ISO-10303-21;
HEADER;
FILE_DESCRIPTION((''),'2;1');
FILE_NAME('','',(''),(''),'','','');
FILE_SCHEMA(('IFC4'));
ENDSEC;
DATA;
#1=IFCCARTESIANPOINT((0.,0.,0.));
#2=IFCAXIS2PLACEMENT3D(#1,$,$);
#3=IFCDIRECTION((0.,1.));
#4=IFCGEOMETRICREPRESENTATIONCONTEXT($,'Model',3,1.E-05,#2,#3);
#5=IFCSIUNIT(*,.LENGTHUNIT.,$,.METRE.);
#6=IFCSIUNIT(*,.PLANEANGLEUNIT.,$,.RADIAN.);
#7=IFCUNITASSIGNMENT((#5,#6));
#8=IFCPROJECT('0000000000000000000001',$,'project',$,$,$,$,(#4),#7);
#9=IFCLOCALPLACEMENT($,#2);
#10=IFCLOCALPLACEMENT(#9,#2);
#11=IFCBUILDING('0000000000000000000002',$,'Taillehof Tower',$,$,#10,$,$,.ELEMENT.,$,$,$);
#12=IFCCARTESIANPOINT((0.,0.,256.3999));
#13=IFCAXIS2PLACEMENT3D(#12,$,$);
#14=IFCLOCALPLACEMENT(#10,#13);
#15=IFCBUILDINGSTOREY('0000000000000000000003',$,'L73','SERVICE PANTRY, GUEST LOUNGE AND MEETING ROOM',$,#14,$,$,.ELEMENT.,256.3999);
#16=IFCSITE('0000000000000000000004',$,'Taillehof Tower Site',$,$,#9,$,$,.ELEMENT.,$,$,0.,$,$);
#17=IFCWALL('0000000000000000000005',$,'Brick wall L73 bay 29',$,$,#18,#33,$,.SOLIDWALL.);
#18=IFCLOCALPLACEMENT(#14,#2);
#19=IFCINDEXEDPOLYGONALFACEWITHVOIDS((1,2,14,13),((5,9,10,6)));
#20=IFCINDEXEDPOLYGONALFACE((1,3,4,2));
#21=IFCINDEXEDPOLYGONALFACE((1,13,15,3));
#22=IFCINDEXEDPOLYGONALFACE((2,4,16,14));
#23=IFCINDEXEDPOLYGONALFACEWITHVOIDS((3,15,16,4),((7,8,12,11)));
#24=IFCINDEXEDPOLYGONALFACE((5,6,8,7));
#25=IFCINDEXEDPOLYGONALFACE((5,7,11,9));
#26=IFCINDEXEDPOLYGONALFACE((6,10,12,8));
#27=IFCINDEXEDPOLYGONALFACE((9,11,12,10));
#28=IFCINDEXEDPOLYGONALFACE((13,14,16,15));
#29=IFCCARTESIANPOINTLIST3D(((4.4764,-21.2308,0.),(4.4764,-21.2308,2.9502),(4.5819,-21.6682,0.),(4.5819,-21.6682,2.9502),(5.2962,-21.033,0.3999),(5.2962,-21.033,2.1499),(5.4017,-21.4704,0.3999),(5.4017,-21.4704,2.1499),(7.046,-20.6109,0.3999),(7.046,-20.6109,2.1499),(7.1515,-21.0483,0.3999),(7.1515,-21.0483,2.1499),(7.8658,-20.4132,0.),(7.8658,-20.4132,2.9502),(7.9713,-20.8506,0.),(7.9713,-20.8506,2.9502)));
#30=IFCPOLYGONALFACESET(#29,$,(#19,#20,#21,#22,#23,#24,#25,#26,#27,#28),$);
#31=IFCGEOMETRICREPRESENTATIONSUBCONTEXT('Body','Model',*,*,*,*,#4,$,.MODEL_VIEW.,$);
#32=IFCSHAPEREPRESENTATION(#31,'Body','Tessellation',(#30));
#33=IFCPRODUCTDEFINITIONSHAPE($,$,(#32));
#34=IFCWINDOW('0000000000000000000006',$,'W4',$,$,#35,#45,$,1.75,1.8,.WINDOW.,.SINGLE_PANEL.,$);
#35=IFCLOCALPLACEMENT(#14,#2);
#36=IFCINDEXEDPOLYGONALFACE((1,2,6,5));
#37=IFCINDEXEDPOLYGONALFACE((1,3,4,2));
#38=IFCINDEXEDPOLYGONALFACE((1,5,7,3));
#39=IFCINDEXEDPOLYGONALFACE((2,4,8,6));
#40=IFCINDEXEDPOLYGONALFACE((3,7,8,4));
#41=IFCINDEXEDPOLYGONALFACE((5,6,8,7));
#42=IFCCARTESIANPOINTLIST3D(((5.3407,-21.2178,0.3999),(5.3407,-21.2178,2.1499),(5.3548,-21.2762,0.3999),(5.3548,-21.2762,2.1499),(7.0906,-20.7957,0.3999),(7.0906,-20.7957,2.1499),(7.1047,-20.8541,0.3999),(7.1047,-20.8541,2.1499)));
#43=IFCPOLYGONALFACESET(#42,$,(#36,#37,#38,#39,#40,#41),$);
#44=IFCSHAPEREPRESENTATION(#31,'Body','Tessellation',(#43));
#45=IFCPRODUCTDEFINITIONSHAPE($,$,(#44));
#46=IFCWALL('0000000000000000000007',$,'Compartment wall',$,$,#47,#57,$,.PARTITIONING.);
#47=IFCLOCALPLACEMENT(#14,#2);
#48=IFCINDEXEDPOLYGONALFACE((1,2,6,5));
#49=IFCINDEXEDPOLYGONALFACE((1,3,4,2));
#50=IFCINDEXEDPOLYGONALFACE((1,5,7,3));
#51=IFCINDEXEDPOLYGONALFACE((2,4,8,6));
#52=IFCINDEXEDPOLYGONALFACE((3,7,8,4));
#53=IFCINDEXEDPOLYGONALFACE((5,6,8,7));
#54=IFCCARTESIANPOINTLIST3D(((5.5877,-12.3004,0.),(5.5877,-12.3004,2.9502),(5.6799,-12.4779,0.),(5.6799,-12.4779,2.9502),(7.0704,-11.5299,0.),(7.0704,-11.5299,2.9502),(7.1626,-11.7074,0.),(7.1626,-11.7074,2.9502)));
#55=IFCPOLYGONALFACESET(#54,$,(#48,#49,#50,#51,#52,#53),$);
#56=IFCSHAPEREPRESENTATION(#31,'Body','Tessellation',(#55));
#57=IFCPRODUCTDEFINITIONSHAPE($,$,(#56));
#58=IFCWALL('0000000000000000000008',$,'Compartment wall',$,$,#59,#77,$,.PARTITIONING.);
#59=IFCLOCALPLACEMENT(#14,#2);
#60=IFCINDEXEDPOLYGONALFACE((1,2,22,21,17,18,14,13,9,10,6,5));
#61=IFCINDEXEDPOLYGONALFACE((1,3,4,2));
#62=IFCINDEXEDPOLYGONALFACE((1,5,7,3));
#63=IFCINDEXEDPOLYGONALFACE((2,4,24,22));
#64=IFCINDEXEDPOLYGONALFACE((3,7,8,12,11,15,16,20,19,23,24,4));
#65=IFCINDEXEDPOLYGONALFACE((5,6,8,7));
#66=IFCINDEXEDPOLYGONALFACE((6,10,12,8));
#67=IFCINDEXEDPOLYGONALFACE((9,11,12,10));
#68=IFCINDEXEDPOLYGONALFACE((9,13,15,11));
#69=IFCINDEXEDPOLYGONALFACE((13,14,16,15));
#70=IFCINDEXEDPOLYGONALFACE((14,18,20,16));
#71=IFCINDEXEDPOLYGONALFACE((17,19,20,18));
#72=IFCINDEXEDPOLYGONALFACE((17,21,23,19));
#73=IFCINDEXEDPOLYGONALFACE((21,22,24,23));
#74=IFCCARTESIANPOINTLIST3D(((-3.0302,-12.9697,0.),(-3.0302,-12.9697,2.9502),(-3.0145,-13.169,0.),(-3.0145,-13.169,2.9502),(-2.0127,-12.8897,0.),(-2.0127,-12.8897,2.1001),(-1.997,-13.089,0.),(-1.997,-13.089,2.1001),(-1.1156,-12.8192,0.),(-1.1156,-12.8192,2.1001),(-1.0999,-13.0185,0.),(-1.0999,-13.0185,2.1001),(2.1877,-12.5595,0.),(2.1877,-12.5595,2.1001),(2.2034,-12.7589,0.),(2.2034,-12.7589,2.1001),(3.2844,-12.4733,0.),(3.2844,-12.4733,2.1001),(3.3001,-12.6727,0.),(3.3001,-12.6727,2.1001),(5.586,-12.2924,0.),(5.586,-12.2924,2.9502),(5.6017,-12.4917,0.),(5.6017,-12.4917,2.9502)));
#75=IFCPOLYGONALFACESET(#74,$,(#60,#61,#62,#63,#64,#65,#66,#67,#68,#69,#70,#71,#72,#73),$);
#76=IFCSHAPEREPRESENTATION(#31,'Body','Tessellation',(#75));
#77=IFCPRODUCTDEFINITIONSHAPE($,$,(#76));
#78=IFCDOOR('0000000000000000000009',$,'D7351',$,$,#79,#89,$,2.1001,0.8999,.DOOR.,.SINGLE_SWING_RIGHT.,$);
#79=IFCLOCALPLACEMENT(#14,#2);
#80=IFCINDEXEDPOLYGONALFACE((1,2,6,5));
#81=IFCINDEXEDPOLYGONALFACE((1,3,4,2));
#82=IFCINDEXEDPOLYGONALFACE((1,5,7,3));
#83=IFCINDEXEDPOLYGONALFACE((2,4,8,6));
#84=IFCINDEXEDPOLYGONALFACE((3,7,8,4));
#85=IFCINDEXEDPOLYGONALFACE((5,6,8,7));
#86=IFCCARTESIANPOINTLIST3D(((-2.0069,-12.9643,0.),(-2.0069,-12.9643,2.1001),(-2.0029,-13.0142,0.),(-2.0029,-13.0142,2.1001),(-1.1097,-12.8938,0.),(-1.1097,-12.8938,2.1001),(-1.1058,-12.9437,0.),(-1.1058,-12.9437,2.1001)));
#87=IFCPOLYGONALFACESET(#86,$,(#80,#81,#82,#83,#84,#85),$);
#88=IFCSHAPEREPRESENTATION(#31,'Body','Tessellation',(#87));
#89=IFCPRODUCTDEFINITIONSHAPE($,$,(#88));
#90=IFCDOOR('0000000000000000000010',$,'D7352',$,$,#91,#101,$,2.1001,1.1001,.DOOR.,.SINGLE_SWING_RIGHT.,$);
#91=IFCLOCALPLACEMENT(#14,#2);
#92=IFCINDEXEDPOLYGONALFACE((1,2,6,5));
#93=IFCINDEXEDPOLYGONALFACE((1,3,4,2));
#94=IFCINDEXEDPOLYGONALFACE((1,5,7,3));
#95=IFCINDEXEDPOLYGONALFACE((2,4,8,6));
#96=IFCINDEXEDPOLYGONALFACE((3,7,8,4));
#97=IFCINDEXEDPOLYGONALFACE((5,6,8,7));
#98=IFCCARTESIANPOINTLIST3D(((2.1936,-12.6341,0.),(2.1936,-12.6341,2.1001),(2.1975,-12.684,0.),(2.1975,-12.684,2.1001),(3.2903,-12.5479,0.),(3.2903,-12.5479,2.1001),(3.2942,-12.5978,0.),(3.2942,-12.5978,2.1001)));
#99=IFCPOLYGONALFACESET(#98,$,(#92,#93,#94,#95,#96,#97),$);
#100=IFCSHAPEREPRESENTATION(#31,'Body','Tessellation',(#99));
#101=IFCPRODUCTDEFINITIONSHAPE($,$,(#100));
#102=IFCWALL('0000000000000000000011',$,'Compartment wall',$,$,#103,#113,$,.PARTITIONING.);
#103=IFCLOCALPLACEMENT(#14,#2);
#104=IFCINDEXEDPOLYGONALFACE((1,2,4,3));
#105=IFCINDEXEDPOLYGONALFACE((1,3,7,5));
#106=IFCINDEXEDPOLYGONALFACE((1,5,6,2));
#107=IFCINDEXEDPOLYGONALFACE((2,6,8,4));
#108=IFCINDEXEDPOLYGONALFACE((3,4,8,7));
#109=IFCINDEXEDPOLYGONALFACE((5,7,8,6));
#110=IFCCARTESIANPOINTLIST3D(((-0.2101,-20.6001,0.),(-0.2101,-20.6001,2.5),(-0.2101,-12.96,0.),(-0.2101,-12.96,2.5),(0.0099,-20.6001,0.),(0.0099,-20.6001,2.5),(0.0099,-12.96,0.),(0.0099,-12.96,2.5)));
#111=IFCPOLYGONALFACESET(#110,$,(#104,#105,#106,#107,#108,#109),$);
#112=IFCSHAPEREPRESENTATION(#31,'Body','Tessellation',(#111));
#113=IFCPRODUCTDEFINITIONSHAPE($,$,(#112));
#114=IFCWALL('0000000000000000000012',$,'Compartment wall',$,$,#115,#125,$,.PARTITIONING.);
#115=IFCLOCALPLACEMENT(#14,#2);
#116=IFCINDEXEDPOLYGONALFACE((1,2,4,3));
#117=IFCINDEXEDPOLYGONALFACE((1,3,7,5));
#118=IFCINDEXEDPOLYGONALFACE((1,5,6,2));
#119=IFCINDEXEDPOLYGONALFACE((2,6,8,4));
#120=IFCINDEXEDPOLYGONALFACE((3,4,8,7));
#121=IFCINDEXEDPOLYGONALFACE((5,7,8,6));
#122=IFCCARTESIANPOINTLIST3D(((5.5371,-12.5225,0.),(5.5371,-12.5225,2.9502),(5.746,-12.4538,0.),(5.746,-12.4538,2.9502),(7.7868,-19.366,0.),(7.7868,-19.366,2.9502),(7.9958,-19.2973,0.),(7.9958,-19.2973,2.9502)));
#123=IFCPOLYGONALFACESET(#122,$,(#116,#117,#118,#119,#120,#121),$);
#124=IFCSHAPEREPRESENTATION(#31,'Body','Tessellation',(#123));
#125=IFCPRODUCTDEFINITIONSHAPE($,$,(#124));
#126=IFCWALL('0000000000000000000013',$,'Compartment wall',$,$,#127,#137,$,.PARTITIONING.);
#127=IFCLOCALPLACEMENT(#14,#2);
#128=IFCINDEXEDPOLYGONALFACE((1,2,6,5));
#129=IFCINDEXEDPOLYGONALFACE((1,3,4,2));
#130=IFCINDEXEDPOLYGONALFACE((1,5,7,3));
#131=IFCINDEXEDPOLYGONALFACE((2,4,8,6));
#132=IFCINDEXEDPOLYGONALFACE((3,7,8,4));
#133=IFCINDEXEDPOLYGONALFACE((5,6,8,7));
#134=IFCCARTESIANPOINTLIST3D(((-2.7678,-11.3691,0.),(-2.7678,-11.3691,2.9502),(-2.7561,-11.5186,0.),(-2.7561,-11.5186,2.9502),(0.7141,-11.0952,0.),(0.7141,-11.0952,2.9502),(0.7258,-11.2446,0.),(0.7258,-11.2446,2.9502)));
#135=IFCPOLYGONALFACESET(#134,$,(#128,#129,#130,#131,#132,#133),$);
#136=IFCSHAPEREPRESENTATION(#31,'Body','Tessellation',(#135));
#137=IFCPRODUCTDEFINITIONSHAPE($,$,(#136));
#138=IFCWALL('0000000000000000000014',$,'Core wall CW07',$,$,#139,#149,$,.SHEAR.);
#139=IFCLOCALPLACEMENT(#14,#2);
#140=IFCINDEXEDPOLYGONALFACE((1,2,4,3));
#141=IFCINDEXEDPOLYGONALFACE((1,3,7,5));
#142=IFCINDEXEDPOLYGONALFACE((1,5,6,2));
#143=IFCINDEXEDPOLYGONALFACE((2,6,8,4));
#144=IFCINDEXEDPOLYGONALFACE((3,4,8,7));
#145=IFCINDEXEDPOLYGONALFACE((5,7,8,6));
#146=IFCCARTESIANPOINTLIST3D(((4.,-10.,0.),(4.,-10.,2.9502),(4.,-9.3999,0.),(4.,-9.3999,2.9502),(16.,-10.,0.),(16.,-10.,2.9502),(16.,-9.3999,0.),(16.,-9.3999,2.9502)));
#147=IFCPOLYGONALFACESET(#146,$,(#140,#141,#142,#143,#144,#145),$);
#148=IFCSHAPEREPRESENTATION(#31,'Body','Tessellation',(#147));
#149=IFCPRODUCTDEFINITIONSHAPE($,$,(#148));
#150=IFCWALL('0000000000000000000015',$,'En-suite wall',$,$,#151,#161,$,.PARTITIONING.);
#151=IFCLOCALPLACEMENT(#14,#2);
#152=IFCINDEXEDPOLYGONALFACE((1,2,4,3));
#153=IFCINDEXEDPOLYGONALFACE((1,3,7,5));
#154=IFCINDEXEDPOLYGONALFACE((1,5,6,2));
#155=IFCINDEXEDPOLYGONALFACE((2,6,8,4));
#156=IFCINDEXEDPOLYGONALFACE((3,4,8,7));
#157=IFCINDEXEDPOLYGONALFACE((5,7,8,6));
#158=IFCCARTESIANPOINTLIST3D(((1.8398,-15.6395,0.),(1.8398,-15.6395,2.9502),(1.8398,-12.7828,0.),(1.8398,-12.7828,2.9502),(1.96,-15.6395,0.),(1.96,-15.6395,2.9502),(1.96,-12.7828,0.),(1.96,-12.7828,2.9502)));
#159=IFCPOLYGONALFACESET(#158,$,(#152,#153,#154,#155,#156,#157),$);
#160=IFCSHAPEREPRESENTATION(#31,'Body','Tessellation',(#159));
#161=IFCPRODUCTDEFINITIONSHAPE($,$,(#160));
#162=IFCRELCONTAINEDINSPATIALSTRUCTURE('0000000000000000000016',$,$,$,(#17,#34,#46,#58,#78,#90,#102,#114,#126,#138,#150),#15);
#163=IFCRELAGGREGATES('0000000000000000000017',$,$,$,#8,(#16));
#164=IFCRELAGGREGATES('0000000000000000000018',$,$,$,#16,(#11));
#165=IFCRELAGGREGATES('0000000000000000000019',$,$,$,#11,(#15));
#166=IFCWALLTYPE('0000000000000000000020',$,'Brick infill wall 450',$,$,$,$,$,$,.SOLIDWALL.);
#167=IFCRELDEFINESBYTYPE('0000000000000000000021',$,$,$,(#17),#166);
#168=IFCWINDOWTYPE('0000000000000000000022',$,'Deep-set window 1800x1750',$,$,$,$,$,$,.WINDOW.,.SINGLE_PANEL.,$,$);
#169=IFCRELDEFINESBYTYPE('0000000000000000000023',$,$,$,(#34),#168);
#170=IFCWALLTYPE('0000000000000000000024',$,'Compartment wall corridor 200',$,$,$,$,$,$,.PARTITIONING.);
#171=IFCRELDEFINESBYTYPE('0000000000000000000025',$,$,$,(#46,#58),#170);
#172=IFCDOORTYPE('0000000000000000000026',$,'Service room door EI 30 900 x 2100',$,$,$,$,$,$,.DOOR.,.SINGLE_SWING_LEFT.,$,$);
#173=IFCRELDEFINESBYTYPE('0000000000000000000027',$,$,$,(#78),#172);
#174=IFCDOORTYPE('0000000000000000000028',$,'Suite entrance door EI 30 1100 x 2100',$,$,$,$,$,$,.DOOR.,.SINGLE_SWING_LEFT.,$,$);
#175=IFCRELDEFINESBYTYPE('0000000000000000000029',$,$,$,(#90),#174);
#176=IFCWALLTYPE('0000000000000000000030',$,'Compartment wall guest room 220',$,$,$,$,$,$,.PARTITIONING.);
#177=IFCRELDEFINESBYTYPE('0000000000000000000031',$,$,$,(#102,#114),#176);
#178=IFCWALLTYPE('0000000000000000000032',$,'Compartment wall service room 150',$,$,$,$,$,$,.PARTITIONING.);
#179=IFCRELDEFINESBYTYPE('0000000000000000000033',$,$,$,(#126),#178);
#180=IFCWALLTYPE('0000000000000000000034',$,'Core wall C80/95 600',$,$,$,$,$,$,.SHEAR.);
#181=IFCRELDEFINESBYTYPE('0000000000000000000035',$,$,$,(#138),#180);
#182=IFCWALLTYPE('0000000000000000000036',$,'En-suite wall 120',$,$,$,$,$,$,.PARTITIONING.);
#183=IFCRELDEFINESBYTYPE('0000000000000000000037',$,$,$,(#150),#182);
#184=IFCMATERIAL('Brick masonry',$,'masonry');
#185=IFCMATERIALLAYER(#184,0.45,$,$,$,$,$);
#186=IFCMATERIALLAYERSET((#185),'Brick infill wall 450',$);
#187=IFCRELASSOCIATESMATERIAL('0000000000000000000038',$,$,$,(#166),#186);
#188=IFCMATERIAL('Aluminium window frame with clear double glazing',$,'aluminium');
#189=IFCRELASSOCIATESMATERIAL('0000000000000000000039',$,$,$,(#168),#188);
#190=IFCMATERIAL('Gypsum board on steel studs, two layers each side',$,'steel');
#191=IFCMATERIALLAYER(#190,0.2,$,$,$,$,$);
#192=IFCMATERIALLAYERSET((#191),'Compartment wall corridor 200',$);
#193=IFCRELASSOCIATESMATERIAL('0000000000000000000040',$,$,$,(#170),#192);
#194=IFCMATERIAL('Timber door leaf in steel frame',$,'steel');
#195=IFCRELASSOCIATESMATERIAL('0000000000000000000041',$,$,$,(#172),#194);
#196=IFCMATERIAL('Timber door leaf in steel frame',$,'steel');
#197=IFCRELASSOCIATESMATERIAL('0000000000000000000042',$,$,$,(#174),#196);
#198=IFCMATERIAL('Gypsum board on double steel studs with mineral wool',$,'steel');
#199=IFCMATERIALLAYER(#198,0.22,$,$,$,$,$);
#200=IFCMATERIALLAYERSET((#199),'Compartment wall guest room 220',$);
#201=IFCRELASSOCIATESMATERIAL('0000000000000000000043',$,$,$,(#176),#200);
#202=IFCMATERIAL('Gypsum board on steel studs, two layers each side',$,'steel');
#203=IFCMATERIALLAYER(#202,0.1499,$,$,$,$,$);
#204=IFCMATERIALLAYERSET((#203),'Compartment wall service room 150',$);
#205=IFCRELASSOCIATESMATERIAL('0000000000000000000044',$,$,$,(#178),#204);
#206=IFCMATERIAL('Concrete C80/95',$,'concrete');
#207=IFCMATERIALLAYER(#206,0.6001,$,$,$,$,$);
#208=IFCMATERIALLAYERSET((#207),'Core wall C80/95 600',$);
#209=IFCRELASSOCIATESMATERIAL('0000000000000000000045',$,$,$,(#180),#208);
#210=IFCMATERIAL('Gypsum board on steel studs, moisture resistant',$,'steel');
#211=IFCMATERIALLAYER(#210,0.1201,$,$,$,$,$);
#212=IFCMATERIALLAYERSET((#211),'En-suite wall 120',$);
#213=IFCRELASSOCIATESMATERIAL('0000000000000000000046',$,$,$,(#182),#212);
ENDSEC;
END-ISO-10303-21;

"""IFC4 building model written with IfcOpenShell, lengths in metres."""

from ifc_helpers import new_model, si_unit, direction, frame, frame_2d, origin, place, context, subcontext, project, spatial, rectangle, extrude, material, layer, layer_set, type_object, element, fill, save


model = new_model("IFC4")

# Units and contexts
model_context = context("Model", 3, precision=1e-05, world=origin(), true_north=direction((0.0, 1.0)))
body_context = subcontext(model_context, "Body", "Model", "MODEL_VIEW")
ifc_project = project(units=[si_unit("LENGTHUNIT", "METRE"), si_unit("PLANEANGLEUNIT", "RADIAN")], contexts=[model_context])

# Site, building, storey
site_placement = place(None, origin())
site = spatial("IfcSite", under=ifc_project, at=site_placement, Name="Taillehof Tower Site", CompositionType="ELEMENT", RefElevation=0.0)
building_placement = place(site_placement, origin())
building = spatial("IfcBuilding", under=site, at=building_placement, Name="Taillehof Tower", CompositionType="ELEMENT")
storey_placement = place(building_placement, frame((0.0, 0.0, 256.3999)))
storey = spatial("IfcBuildingStorey", under=building, at=storey_placement, Name="L73", Description="SERVICE PANTRY, GUEST LOUNGE AND MEETING ROOM", CompositionType="ELEMENT", Elevation=256.3999)

# Wall, opening, window
ifc_material_1 = material(Name="Brick masonry", Category="masonry")
ifc_layer_1 = layer(ifc_material_1, 0.45)
ifc_layer_set_1 = layer_set([ifc_layer_1], Name="Brick infill wall 450")
wall_type_1 = type_object("IfcWallType", Name="Brick infill wall 450", PredefinedType="SOLIDWALL", material=ifc_layer_set_1)
ifc_material_2 = material(Name="Aluminium window frame with clear double glazing", Category="aluminium")
window_type = type_object("IfcWindowType", Name="Deep-set window 1800x1750", PartitioningType="SINGLE_PANEL", PredefinedType="WINDOW", material=ifc_material_2)
wall_1_placement = place(storey_placement, frame((4.5293, -21.4495, 0.0), z_axis=(0.0, 0.0, 1.0), x_axis=(0.972115, 0.234504, 0.0)))
wall_1 = element("IfcWall", 1, at=wall_1_placement, inside=storey, type_object=wall_type_1, Name="Brick wall L73 bay 29", PredefinedType="SOLIDWALL", context=body_context, shape_type="SweptSolid", body=[
    extrude(rectangle(XDim=3.4866, YDim=0.45, at=frame_2d((1.7432, 0.0))), origin(), (0.0, 0.0, 1.0), 2.9502),
])
opening_1_placement = place(wall_1_placement, frame((0.8433, 0.0, 0.3999)))
opening_1 = element("IfcOpeningElement", 2, at=opening_1_placement, cuts=wall_1, PredefinedType="OPENING", context=body_context, shape_type="SweptSolid", body=[
    extrude(rectangle(XDim=1.8, YDim=1.75, at=frame_2d((0.8999, 0.875))), frame((0.0, 0.2349, 0.0), z_axis=(0.0, -1.0, 0.0), x_axis=(1.0, 0.0, 0.0)), (0.0, 0.0, 1.0), 0.47),
])
window_1_placement = place(opening_1_placement, origin())
window_1 = element("IfcWindow", 3, at=window_1_placement, inside=storey, type_object=window_type, Name="W4", OverallHeight=1.75, OverallWidth=1.8, PartitioningType="SINGLE_PANEL", PredefinedType="WINDOW", context=body_context, shape_type="SweptSolid", body=[
    extrude(rectangle(XDim=1.8, YDim=1.75, at=frame_2d((0.8999, 0.875))), frame((0.0, 0.0349, 0.0), z_axis=(0.0, -1.0, 0.0), x_axis=(1.0, 0.0, 0.0)), (0.0, 0.0, 1.0), 0.0601),
])
fill(opening_1, window_1)

# Wall
ifc_material_3 = material(Name="Gypsum board on steel studs, two layers each side", Category="steel")
ifc_layer_2 = layer(ifc_material_3, 0.2)
ifc_layer_set_2 = layer_set([ifc_layer_2], Name="Compartment wall corridor 200")
wall_type_2 = type_object("IfcWallType", Name="Compartment wall corridor 200", PredefinedType="PARTITIONING", material=ifc_layer_set_2)
wall_2_placement = place(storey_placement, frame((7.1165, -11.6187, 0.0), z_axis=(0.0, 0.0, 1.0), x_axis=(-0.887334, -0.461127, 0.0)))
element("IfcWall", 4, at=wall_2_placement, inside=storey, type_object=wall_type_2, Name="Compartment wall", PredefinedType="PARTITIONING", context=body_context, shape_type="SweptSolid", body=[
    extrude(rectangle(XDim=1.6709, YDim=0.2, at=frame_2d((0.8354, 0.0))), origin(), (0.0, 0.0, 1.0), 2.9502),
])

# Wall, openings, doors
wall_3_placement = place(storey_placement, frame((5.5938, -12.3921, 0.0), z_axis=(0.0, 0.0, 1.0), x_axis=(-0.996925, -0.07836, 0.0)))
wall_3 = element("IfcWall", 5, at=wall_3_placement, inside=storey, type_object=wall_type_2, Name="Compartment wall", PredefinedType="PARTITIONING", context=body_context, shape_type="SweptSolid", body=[
    extrude(rectangle(XDim=8.6428, YDim=0.2, at=frame_2d((4.3213, 0.0))), origin(), (0.0, 0.0, 1.0), 2.9502),
])
opening_2_placement = place(wall_3_placement, frame((6.7222, 0.0, 0.0)))
opening_2 = element("IfcOpeningElement", 6, at=opening_2_placement, cuts=wall_3, PredefinedType="OPENING", context=body_context, shape_type="SweptSolid", body=[
    extrude(rectangle(XDim=0.8999, YDim=2.1001, at=frame_2d((0.45, 1.05))), frame((0.0, 0.1099, 0.0), z_axis=(0.0, -1.0, 0.0), x_axis=(1.0, 0.0, 0.0)), (0.0, 0.0, 1.0), 0.22),
])
opening_3_placement = place(wall_3_placement, frame((2.3086, 0.0, 0.0)))
opening_3 = element("IfcOpeningElement", 7, at=opening_3_placement, cuts=wall_3, PredefinedType="OPENING", context=body_context, shape_type="SweptSolid", body=[
    extrude(rectangle(XDim=1.1001, YDim=2.1001, at=frame_2d((0.55, 1.05))), frame((0.0, 0.1099, 0.0), z_axis=(0.0, -1.0, 0.0), x_axis=(1.0, 0.0, 0.0)), (0.0, 0.0, 1.0), 0.22),
])
ifc_material_4 = material(Name="Timber door leaf in steel frame", Category="steel")
door_type_1 = type_object("IfcDoorType", Name="Service room door EI 30 900 x 2100", OperationType="SINGLE_SWING_LEFT", PredefinedType="DOOR", material=ifc_material_4)
door_1_placement = place(opening_2_placement, origin())
door_1 = element("IfcDoor", 8, at=door_1_placement, inside=storey, type_object=door_type_1, Name="D7351", OperationType="SINGLE_SWING_RIGHT", OverallHeight=2.1001, OverallWidth=0.8999, PredefinedType="DOOR", context=body_context, shape_type="SweptSolid", body=[
    extrude(rectangle(XDim=0.8999, YDim=2.1001, at=frame_2d((0.45, 1.05))), frame((0.0, 0.0249, 0.0), z_axis=(0.0, -1.0, 0.0), x_axis=(1.0, 0.0, 0.0)), (0.0, 0.0, 1.0), 0.05),
])
fill(opening_2, door_1)
ifc_material_5 = material(Name="Timber door leaf in steel frame", Category="steel")
door_type_2 = type_object("IfcDoorType", Name="Suite entrance door EI 30 1100 x 2100", OperationType="SINGLE_SWING_LEFT", PredefinedType="DOOR", material=ifc_material_5)
door_2_placement = place(opening_3_placement, origin())
door_2 = element("IfcDoor", 9, at=door_2_placement, inside=storey, type_object=door_type_2, Name="D7352", OperationType="SINGLE_SWING_RIGHT", OverallHeight=2.1001, OverallWidth=1.1001, PredefinedType="DOOR", context=body_context, shape_type="SweptSolid", body=[
    extrude(rectangle(XDim=1.1001, YDim=2.1001, at=frame_2d((0.55, 1.05))), frame((0.0, 0.0249, 0.0), z_axis=(0.0, -1.0, 0.0), x_axis=(1.0, 0.0, 0.0)), (0.0, 0.0, 1.0), 0.05),
])
fill(opening_3, door_2)

# Walls
ifc_material_6 = material(Name="Gypsum board on double steel studs with mineral wool", Category="steel")
ifc_layer_3 = layer(ifc_material_6, 0.22)
ifc_layer_set_3 = layer_set([ifc_layer_3], Name="Compartment wall guest room 220")
wall_type_3 = type_object("IfcWallType", Name="Compartment wall guest room 220", PredefinedType="PARTITIONING", material=ifc_layer_set_3)
wall_4_placement = place(storey_placement, frame((-0.1001, -20.6001, 0.0), z_axis=(0.0, 0.0, 1.0), x_axis=(0.0, 1.0, 0.0)))
element("IfcWall", 10, at=wall_4_placement, inside=storey, type_object=wall_type_3, Name="Compartment wall", PredefinedType="PARTITIONING", context=body_context, shape_type="SweptSolid", body=[
    extrude(rectangle(XDim=7.6401, YDim=0.22, at=frame_2d((3.8201, 0.0))), origin(), (0.0, 0.0, 1.0), 2.5),
])
wall_5_placement = place(storey_placement, frame((7.8914, -19.3318, 0.0), z_axis=(0.0, 0.0, 1.0), x_axis=(-0.312301, 0.949983, 0.0)))
element("IfcWall", 11, at=wall_5_placement, inside=storey, type_object=wall_type_3, Name="Compartment wall", PredefinedType="PARTITIONING", context=body_context, shape_type="SweptSolid", body=[
    extrude(rectangle(XDim=7.2039, YDim=0.22, at=frame_2d((3.6021, 0.0))), origin(), (0.0, 0.0, 1.0), 2.9502),
])
ifc_material_7 = material(Name="Gypsum board on steel studs, two layers each side", Category="steel")
ifc_layer_4 = layer(ifc_material_7, 0.1499)
ifc_layer_set_4 = layer_set([ifc_layer_4], Name="Compartment wall service room 150")
wall_type_4 = type_object("IfcWallType", Name="Compartment wall service room 150", PredefinedType="PARTITIONING", material=ifc_layer_set_4)
wall_6_placement = place(storey_placement, frame((0.72, -11.1699, 0.0), z_axis=(0.0, 0.0, 1.0), x_axis=(-0.99692, -0.078428, 0.0)))
element("IfcWall", 12, at=wall_6_placement, inside=storey, type_object=wall_type_4, Name="Compartment wall", PredefinedType="PARTITIONING", context=body_context, shape_type="SweptSolid", body=[
    extrude(rectangle(XDim=3.4927, YDim=0.1499, at=frame_2d((1.7463, 0.0))), origin(), (0.0, 0.0, 1.0), 2.9502),
])
ifc_material_8 = material(Name="Concrete C80/95", Category="concrete")
ifc_layer_5 = layer(ifc_material_8, 0.6001)
ifc_layer_set_5 = layer_set([ifc_layer_5], Name="Core wall C80/95 600")
wall_type_5 = type_object("IfcWallType", Name="Core wall C80/95 600", PredefinedType="SHEAR", material=ifc_layer_set_5)
wall_7_placement = place(storey_placement, frame((4.0, -9.7, 0.0), z_axis=(0.0, 0.0, 1.0), x_axis=(1.0, 0.0, 0.0)))
element("IfcWall", 13, at=wall_7_placement, inside=storey, type_object=wall_type_5, Name="Core wall CW07", PredefinedType="SHEAR", context=body_context, shape_type="SweptSolid", body=[
    extrude(rectangle(XDim=12.0, YDim=0.6001, at=frame_2d((6.0, 0.0))), origin(), (0.0, 0.0, 1.0), 2.9502),
])
ifc_material_9 = material(Name="Gypsum board on steel studs, moisture resistant", Category="steel")
ifc_layer_6 = layer(ifc_material_9, 0.1201)
ifc_layer_set_6 = layer_set([ifc_layer_6], Name="En-suite wall 120")
wall_type_6 = type_object("IfcWallType", Name="En-suite wall 120", PredefinedType="PARTITIONING", material=ifc_layer_set_6)
wall_8_placement = place(storey_placement, frame((1.8999, -12.783, 0.0), z_axis=(0.0, 0.0, 1.0), x_axis=(0.0, -1.0, 0.0)))
element("IfcWall", 14, at=wall_8_placement, inside=storey, type_object=wall_type_6, Name="En-suite wall", PredefinedType="PARTITIONING", context=body_context, shape_type="SweptSolid", body=[
    extrude(rectangle(XDim=2.8567, YDim=0.1201, at=frame_2d((1.4282, 0.0))), origin(), (0.0, 0.0, 1.0), 2.9502),
])

save(model, "model.ifc")
